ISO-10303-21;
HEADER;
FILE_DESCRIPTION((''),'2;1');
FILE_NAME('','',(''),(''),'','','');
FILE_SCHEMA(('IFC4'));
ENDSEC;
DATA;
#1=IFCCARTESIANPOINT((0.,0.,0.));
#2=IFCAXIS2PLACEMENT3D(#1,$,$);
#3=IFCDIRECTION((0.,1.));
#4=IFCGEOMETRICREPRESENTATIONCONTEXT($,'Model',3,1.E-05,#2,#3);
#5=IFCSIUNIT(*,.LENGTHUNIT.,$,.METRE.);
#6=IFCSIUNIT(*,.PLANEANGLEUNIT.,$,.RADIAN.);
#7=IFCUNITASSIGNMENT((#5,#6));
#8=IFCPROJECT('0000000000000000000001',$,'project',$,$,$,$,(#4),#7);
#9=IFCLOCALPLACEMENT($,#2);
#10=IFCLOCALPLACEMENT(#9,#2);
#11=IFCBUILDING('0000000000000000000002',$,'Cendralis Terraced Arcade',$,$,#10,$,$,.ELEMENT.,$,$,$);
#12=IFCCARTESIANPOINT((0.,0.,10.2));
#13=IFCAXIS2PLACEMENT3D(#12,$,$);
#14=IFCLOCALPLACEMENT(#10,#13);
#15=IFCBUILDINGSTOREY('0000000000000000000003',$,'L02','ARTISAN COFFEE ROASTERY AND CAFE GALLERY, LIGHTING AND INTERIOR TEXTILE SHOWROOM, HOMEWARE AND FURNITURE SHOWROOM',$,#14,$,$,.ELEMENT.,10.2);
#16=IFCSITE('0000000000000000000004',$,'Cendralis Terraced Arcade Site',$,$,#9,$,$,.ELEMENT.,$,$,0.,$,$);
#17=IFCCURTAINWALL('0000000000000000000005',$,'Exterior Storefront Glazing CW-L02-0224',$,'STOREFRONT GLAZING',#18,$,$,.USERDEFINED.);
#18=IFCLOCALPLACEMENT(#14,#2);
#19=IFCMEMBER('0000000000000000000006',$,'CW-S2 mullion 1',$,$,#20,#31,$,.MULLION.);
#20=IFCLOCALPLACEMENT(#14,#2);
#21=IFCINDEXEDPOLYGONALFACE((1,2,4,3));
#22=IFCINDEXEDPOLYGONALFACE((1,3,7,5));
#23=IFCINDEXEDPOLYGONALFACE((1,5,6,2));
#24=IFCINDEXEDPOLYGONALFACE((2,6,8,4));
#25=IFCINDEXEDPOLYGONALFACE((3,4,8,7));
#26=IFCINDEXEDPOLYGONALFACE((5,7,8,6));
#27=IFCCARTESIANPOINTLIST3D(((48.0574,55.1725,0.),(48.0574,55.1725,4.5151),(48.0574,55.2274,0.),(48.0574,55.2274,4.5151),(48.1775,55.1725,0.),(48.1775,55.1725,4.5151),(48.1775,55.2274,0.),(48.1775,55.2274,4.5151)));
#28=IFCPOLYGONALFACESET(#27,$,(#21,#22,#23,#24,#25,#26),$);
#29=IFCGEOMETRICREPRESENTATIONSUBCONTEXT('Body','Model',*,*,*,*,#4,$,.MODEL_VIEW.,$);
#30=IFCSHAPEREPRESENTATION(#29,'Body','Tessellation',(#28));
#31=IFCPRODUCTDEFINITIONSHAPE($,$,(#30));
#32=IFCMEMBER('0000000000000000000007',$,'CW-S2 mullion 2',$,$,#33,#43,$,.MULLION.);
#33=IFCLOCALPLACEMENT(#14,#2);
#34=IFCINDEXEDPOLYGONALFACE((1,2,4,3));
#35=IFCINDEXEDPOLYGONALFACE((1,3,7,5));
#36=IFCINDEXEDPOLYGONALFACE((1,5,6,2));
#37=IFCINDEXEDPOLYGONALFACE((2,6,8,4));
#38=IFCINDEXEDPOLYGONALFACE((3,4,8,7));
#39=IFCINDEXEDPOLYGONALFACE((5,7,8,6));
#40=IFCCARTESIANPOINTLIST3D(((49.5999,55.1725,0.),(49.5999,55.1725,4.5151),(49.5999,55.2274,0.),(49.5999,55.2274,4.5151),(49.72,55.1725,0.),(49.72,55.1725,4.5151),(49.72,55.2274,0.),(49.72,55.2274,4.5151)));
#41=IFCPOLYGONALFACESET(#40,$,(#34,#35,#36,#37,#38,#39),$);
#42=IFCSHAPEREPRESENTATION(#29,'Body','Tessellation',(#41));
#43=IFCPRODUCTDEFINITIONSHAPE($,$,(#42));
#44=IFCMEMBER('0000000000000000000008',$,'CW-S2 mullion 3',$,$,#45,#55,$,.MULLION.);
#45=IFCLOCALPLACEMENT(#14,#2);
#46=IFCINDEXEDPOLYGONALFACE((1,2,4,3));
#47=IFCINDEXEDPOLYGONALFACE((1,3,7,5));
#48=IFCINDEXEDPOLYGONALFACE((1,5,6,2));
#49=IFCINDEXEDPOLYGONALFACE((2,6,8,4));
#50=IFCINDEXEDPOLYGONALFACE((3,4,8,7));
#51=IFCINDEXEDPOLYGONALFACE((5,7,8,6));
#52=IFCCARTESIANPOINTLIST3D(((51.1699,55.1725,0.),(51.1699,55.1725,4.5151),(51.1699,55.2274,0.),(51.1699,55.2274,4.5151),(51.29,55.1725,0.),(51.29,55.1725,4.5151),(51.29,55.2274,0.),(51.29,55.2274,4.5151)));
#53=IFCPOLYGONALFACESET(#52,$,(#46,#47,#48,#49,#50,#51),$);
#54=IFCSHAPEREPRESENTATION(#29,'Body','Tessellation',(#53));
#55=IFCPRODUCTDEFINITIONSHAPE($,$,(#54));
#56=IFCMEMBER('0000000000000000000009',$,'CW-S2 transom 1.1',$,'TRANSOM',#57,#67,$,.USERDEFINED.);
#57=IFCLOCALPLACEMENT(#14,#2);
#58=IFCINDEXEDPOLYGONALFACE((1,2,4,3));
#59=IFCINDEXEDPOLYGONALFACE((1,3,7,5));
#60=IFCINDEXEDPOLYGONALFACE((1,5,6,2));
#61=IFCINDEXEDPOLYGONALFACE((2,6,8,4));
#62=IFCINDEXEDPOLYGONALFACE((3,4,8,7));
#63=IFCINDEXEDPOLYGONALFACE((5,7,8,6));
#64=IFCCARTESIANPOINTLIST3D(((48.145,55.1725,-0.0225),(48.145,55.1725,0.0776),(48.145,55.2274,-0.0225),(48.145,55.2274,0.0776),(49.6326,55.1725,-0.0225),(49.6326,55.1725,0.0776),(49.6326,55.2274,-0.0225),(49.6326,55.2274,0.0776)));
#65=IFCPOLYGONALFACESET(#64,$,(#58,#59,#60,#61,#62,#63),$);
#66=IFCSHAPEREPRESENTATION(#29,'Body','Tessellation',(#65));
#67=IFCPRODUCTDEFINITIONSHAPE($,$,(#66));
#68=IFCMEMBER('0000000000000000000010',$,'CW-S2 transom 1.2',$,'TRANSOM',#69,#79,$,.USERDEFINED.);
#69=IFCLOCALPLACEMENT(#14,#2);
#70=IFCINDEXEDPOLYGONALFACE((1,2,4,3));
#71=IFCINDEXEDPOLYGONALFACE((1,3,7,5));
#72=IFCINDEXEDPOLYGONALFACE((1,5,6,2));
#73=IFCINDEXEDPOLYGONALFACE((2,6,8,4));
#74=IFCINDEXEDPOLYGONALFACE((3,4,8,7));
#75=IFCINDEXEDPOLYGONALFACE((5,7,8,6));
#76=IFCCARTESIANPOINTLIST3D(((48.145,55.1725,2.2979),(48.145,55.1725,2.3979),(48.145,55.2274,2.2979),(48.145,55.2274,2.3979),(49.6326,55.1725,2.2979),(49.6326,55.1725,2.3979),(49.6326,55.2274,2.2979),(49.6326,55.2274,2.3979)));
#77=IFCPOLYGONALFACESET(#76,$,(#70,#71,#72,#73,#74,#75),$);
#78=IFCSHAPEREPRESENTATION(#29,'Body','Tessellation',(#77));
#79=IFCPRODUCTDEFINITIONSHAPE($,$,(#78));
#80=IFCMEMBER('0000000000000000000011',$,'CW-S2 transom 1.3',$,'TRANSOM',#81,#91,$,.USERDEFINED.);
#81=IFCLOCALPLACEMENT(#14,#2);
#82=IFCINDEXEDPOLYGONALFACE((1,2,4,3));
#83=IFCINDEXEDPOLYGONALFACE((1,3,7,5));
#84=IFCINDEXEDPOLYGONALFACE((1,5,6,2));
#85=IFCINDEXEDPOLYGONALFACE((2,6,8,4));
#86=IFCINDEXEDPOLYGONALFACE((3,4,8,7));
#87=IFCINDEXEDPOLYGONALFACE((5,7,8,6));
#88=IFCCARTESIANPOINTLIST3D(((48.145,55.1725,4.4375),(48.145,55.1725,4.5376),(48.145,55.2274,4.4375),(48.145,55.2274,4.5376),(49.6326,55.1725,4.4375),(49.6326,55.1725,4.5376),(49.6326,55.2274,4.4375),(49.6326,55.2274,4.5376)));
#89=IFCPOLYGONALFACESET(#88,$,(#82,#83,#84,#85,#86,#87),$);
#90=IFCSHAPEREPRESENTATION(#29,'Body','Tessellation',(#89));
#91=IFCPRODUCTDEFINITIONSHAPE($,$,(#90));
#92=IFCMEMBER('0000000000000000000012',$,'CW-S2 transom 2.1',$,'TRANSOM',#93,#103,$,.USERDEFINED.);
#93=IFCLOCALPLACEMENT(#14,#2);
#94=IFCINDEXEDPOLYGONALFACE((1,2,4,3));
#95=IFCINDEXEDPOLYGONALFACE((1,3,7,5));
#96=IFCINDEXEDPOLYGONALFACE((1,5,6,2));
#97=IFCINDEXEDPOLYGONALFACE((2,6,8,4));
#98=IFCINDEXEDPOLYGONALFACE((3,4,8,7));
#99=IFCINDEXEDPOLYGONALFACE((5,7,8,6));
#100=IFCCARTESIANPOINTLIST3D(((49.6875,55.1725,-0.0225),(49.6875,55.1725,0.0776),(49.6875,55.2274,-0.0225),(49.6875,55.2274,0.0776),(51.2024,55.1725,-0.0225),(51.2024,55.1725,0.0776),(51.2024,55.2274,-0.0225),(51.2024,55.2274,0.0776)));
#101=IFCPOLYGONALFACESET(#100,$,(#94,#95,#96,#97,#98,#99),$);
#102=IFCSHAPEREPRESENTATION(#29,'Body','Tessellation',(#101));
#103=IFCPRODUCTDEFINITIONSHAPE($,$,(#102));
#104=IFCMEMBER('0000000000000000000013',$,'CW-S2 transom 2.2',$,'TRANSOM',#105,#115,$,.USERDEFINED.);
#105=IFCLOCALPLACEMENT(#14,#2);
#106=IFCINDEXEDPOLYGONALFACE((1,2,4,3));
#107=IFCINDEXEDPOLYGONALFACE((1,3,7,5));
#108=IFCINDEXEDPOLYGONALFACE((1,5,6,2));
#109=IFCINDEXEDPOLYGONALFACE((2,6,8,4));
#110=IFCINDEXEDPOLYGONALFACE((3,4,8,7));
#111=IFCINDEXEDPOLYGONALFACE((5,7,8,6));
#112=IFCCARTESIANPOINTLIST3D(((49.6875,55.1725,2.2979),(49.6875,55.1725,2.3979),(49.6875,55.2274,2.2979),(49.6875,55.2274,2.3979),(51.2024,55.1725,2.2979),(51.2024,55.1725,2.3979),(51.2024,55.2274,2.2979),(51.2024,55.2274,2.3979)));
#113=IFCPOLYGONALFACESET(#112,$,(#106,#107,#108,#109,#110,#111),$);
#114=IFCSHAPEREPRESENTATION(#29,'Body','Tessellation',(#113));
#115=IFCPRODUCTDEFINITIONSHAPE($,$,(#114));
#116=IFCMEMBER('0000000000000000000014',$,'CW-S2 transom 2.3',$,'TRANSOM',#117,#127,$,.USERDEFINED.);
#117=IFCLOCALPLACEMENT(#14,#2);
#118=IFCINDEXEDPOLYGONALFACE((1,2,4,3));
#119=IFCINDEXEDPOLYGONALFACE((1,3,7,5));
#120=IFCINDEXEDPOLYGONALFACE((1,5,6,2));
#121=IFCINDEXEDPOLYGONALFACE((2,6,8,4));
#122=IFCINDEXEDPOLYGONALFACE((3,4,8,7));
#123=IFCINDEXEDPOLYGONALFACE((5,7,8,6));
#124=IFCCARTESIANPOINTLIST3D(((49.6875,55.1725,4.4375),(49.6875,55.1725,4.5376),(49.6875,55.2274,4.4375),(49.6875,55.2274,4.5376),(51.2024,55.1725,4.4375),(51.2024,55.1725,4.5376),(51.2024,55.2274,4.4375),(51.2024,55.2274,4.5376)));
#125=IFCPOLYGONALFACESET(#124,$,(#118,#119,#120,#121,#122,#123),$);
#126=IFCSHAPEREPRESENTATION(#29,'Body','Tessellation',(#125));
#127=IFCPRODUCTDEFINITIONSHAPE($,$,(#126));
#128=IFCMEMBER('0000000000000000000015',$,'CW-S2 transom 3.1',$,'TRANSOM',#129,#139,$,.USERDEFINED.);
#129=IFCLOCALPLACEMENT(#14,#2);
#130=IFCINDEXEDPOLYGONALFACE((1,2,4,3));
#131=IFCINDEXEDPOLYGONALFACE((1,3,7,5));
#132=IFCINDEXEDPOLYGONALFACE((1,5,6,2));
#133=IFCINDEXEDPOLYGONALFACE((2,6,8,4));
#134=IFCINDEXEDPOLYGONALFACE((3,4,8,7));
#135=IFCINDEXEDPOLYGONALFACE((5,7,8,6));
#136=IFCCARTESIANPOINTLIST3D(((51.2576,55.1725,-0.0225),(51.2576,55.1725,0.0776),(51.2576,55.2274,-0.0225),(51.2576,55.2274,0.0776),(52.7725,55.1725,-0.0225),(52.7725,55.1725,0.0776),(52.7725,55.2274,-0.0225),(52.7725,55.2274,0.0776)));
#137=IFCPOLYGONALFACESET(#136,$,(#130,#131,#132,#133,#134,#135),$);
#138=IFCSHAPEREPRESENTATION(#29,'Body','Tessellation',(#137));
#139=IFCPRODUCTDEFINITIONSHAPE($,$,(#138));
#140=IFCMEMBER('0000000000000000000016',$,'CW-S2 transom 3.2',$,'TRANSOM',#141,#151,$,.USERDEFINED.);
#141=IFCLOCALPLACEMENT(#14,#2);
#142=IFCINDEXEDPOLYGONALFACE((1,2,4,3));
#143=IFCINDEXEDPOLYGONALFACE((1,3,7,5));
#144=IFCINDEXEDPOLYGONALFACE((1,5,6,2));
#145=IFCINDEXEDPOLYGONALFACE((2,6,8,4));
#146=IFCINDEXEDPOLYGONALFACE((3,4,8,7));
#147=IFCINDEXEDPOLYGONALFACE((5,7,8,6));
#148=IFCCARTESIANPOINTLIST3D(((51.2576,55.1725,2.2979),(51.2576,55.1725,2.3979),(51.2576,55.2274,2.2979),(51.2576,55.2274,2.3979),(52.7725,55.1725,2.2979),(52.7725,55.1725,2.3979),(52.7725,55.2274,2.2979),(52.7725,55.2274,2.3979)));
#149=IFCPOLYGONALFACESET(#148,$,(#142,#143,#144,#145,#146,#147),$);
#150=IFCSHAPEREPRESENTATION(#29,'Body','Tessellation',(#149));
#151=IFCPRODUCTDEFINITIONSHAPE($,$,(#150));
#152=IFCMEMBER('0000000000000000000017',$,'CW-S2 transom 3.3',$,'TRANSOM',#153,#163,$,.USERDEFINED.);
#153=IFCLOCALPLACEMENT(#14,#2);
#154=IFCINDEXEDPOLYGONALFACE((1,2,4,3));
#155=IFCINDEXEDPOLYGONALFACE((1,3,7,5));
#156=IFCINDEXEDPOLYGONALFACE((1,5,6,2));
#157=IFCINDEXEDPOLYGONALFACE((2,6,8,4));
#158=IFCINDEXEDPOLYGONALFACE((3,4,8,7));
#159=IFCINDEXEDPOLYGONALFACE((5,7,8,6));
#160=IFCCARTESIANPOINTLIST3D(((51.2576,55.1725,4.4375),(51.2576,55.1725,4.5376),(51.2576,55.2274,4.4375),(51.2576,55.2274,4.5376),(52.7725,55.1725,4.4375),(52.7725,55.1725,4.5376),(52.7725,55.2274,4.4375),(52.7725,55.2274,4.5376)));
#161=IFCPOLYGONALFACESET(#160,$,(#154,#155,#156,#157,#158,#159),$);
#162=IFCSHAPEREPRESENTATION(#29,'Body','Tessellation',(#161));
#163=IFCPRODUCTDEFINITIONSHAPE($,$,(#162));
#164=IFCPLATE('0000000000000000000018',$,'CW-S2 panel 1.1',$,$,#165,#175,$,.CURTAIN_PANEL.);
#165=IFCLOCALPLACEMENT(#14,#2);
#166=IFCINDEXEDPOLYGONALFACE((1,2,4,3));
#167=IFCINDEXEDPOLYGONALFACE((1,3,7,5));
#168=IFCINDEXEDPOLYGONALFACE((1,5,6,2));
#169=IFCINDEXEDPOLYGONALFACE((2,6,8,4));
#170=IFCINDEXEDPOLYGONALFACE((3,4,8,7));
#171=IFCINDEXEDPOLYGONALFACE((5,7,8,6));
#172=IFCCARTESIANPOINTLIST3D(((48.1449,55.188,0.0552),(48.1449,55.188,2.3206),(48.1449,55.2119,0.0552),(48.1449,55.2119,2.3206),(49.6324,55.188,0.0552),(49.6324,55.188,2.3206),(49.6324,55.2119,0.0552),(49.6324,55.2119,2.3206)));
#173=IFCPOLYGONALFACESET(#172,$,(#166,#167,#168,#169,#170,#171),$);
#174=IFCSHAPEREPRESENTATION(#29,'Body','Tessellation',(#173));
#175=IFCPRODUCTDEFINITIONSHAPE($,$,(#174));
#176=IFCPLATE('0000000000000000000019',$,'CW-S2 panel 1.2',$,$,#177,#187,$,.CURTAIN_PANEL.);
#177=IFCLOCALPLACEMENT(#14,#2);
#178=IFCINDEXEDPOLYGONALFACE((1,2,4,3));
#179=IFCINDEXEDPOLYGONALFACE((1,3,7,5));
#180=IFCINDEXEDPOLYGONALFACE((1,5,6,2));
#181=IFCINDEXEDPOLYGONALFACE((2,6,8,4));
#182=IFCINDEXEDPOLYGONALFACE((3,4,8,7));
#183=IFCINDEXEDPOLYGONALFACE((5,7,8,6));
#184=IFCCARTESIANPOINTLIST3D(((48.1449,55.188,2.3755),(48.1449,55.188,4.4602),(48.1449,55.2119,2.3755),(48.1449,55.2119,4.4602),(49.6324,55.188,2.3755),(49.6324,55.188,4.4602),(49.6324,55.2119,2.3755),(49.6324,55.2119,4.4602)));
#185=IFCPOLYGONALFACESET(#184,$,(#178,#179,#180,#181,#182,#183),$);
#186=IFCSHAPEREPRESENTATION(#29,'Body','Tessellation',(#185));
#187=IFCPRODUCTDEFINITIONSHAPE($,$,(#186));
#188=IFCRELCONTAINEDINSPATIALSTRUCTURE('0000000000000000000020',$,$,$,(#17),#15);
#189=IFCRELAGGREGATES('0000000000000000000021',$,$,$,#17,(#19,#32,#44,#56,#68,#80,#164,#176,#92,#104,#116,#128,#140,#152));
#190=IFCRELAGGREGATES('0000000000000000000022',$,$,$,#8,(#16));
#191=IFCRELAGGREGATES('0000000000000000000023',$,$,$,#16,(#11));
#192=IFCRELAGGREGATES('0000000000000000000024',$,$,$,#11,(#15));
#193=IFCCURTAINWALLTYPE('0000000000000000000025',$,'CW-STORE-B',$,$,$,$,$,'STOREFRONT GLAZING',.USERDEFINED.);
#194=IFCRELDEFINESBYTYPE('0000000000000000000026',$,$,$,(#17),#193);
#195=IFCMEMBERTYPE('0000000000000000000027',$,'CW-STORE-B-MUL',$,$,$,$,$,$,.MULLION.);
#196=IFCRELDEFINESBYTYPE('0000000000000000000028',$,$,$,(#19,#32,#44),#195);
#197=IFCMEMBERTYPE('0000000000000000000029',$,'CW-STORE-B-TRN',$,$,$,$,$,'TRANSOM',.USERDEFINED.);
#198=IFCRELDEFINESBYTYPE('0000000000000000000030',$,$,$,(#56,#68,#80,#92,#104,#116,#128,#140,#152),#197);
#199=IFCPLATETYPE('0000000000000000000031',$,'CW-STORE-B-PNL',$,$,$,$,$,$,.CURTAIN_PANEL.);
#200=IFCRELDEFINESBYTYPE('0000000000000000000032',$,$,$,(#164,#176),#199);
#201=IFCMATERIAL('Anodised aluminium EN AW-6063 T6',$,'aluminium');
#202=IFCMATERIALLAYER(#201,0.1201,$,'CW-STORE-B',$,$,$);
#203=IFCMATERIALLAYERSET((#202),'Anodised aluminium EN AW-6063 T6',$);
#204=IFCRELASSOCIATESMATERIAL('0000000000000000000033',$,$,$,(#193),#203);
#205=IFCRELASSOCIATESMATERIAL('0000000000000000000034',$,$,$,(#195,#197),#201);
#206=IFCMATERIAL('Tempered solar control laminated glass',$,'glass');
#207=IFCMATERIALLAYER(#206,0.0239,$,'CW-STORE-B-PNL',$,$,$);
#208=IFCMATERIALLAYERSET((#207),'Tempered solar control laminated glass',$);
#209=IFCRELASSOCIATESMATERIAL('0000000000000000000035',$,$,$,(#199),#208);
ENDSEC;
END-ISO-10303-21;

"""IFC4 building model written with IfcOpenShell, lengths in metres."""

from ifc_helpers import new_model, si_unit, direction, frame, origin, origin_2d, place, context, subcontext, project, spatial, rectangle, extrude, material, layer, layer_set, material_profile, profile_set, type_object, element, aggregate, save


model = new_model("IFC4")

# Units and contexts
model_context = context("Model", 3, precision=1e-05, world=origin(), true_north=direction((0.0, 1.0)))
body_context = subcontext(model_context, "Body", "Model", "MODEL_VIEW")
ifc_project = project(units=[si_unit("LENGTHUNIT", "METRE"), si_unit("PLANEANGLEUNIT", "RADIAN")], contexts=[model_context])

# Site, building, storey
site_placement = place(None, origin())
site = spatial("IfcSite", under=ifc_project, at=site_placement, Name="Cendralis Terraced Arcade Site", CompositionType="ELEMENT", RefElevation=0.0)
building_placement = place(site_placement, origin())
building = spatial("IfcBuilding", under=site, at=building_placement, Name="Cendralis Terraced Arcade", CompositionType="ELEMENT")
storey_placement = place(building_placement, frame((0.0, 0.0, 10.2)))
storey = spatial("IfcBuildingStorey", under=building, at=storey_placement, Name="L02", Description="ARTISAN COFFEE ROASTERY AND CAFE GALLERY, LIGHTING AND INTERIOR TEXTILE SHOWROOM, HOMEWARE AND FURNITURE SHOWROOM", CompositionType="ELEMENT", Elevation=10.2)

# Curtain wall, members, plates
ifc_material_1 = material(Name="Anodised aluminium EN AW-6063 T6", Category="aluminium")
ifc_layer_1 = layer(ifc_material_1, 0.1201, Name="CW-STORE-B")
ifc_layer_set_1 = layer_set([ifc_layer_1], Name="Anodised aluminium EN AW-6063 T6")
curtain_wall_type = type_object("IfcCurtainWallType", Name="CW-STORE-B", ElementType="STOREFRONT GLAZING", PredefinedType="USERDEFINED", material=ifc_layer_set_1)
curtain_wall_placement = place(storey_placement, origin())
curtain_wall = element("IfcCurtainWall", 1, at=curtain_wall_placement, inside=storey, type_object=curtain_wall_type, Name="Exterior Storefront Glazing CW-L02-0224", ObjectType="STOREFRONT GLAZING", PredefinedType="USERDEFINED")
ifc_material_profile_1 = material_profile(ifc_material_1, rectangle(XDim=0.0549, YDim=0.1201, at=origin_2d()), Name="ALU-MUL-55x120")
ifc_profile_set_1 = profile_set([ifc_material_profile_1], Name="Anodised aluminium EN AW-6063 T6")
member_type_1 = type_object("IfcMemberType", Name="CW-STORE-B-MUL", PredefinedType="MULLION", material=ifc_profile_set_1)
member_1_placement = place(storey_placement, frame((48.1174, 55.2, 0.0), z_axis=(0.0, 0.0, 1.0), x_axis=(0.0, 1.0, 0.0)))
member_1 = element("IfcMember", 2, at=member_1_placement, type_object=member_type_1, Name="CW-S2 mullion 1", PredefinedType="MULLION", context=body_context, shape_type="SweptSolid", body=[
    extrude(rectangle(XDim=0.0549, YDim=0.1201, at=origin_2d()), origin(), (0.0, 0.0, 1.0), 4.5151),
])
member_2_placement = place(storey_placement, frame((49.6599, 55.2, 0.0), z_axis=(0.0, 0.0, 1.0), x_axis=(0.0, 1.0, 0.0)))
member_2 = element("IfcMember", 3, at=member_2_placement, type_object=member_type_1, Name="CW-S2 mullion 2", PredefinedType="MULLION", context=body_context, shape_type="SweptSolid", body=[
    extrude(rectangle(XDim=0.0549, YDim=0.1201, at=origin_2d()), origin(), (0.0, 0.0, 1.0), 4.5151),
])
member_3_placement = place(storey_placement, frame((51.23, 55.2, 0.0), z_axis=(0.0, 0.0, 1.0), x_axis=(0.0, 1.0, 0.0)))
member_3 = element("IfcMember", 4, at=member_3_placement, type_object=member_type_1, Name="CW-S2 mullion 3", PredefinedType="MULLION", context=body_context, shape_type="SweptSolid", body=[
    extrude(rectangle(XDim=0.0549, YDim=0.1201, at=origin_2d()), origin(), (0.0, 0.0, 1.0), 4.5151),
])
ifc_material_profile_2 = material_profile(ifc_material_1, rectangle(XDim=0.0549, YDim=0.1001, at=origin_2d()), Name="ALU-TRN-55x100")
ifc_profile_set_2 = profile_set([ifc_material_profile_2], Name="Anodised aluminium EN AW-6063 T6")
member_type_2 = type_object("IfcMemberType", Name="CW-STORE-B-TRN", ElementType="TRANSOM", PredefinedType="USERDEFINED", material=ifc_profile_set_2)
member_4_placement = place(storey_placement, frame((48.145, 55.2, 0.0276), z_axis=(1.0, 0.0, 0.0), x_axis=(0.0, 1.0, 0.0)))
member_4 = element("IfcMember", 5, at=member_4_placement, type_object=member_type_2, Name="CW-S2 transom 1.1", ObjectType="TRANSOM", PredefinedType="USERDEFINED", context=body_context, shape_type="SweptSolid", body=[
    extrude(rectangle(XDim=0.0549, YDim=0.1001, at=origin_2d()), origin(), (0.0, 0.0, 1.0), 1.4875),
])
member_5_placement = place(storey_placement, frame((48.145, 55.2, 2.3479), z_axis=(1.0, 0.0, 0.0), x_axis=(0.0, 1.0, 0.0)))
member_5 = element("IfcMember", 6, at=member_5_placement, type_object=member_type_2, Name="CW-S2 transom 1.2", ObjectType="TRANSOM", PredefinedType="USERDEFINED", context=body_context, shape_type="SweptSolid", body=[
    extrude(rectangle(XDim=0.0549, YDim=0.1001, at=origin_2d()), origin(), (0.0, 0.0, 1.0), 1.4875),
])
member_6_placement = place(storey_placement, frame((48.145, 55.2, 4.4875), z_axis=(1.0, 0.0, 0.0), x_axis=(0.0, 1.0, 0.0)))
member_6 = element("IfcMember", 7, at=member_6_placement, type_object=member_type_2, Name="CW-S2 transom 1.3", ObjectType="TRANSOM", PredefinedType="USERDEFINED", context=body_context, shape_type="SweptSolid", body=[
    extrude(rectangle(XDim=0.0549, YDim=0.1001, at=origin_2d()), origin(), (0.0, 0.0, 1.0), 1.4875),
])
member_7_placement = place(storey_placement, frame((49.6875, 55.2, 0.0276), z_axis=(1.0, 0.0, 0.0), x_axis=(0.0, 1.0, 0.0)))
member_7 = element("IfcMember", 8, at=member_7_placement, type_object=member_type_2, Name="CW-S2 transom 2.1", ObjectType="TRANSOM", PredefinedType="USERDEFINED", context=body_context, shape_type="SweptSolid", body=[
    extrude(rectangle(XDim=0.0549, YDim=0.1001, at=origin_2d()), origin(), (0.0, 0.0, 1.0), 1.5149),
])
member_8_placement = place(storey_placement, frame((49.6875, 55.2, 2.3479), z_axis=(1.0, 0.0, 0.0), x_axis=(0.0, 1.0, 0.0)))
member_8 = element("IfcMember", 9, at=member_8_placement, type_object=member_type_2, Name="CW-S2 transom 2.2", ObjectType="TRANSOM", PredefinedType="USERDEFINED", context=body_context, shape_type="SweptSolid", body=[
    extrude(rectangle(XDim=0.0549, YDim=0.1001, at=origin_2d()), origin(), (0.0, 0.0, 1.0), 1.5149),
])
member_9_placement = place(storey_placement, frame((49.6875, 55.2, 4.4875), z_axis=(1.0, 0.0, 0.0), x_axis=(0.0, 1.0, 0.0)))
member_9 = element("IfcMember", 10, at=member_9_placement, type_object=member_type_2, Name="CW-S2 transom 2.3", ObjectType="TRANSOM", PredefinedType="USERDEFINED", context=body_context, shape_type="SweptSolid", body=[
    extrude(rectangle(XDim=0.0549, YDim=0.1001, at=origin_2d()), origin(), (0.0, 0.0, 1.0), 1.5149),
])
member_10_placement = place(storey_placement, frame((51.2576, 55.2, 0.0276), z_axis=(1.0, 0.0, 0.0), x_axis=(0.0, 1.0, 0.0)))
member_10 = element("IfcMember", 11, at=member_10_placement, type_object=member_type_2, Name="CW-S2 transom 3.1", ObjectType="TRANSOM", PredefinedType="USERDEFINED", context=body_context, shape_type="SweptSolid", body=[
    extrude(rectangle(XDim=0.0549, YDim=0.1001, at=origin_2d()), origin(), (0.0, 0.0, 1.0), 1.5149),
])
member_11_placement = place(storey_placement, frame((51.2576, 55.2, 2.3479), z_axis=(1.0, 0.0, 0.0), x_axis=(0.0, 1.0, 0.0)))
member_11 = element("IfcMember", 12, at=member_11_placement, type_object=member_type_2, Name="CW-S2 transom 3.2", ObjectType="TRANSOM", PredefinedType="USERDEFINED", context=body_context, shape_type="SweptSolid", body=[
    extrude(rectangle(XDim=0.0549, YDim=0.1001, at=origin_2d()), origin(), (0.0, 0.0, 1.0), 1.5149),
])
member_12_placement = place(storey_placement, frame((51.2576, 55.2, 4.4875), z_axis=(1.0, 0.0, 0.0), x_axis=(0.0, 1.0, 0.0)))
member_12 = element("IfcMember", 13, at=member_12_placement, type_object=member_type_2, Name="CW-S2 transom 3.3", ObjectType="TRANSOM", PredefinedType="USERDEFINED", context=body_context, shape_type="SweptSolid", body=[
    extrude(rectangle(XDim=0.0549, YDim=0.1001, at=origin_2d()), origin(), (0.0, 0.0, 1.0), 1.5149),
])
ifc_material_2 = material(Name="Tempered solar control laminated glass", Category="glass")
ifc_layer_2 = layer(ifc_material_2, 0.0239, Name="CW-STORE-B-PNL")
ifc_layer_set_2 = layer_set([ifc_layer_2], Name="Tempered solar control laminated glass")
plate_type = type_object("IfcPlateType", Name="CW-STORE-B-PNL", PredefinedType="CURTAIN_PANEL", material=ifc_layer_set_2)
plate_1_placement = place(storey_placement, frame((48.8887, 55.2, 0.0552), z_axis=(0.0, 0.0, 1.0), x_axis=(1.0, 0.0, 0.0)))
plate_1 = element("IfcPlate", 14, at=plate_1_placement, type_object=plate_type, Name="CW-S2 panel 1.1", PredefinedType="CURTAIN_PANEL", context=body_context, shape_type="SweptSolid", body=[
    extrude(rectangle(XDim=1.4875, YDim=0.0239, at=origin_2d()), origin(), (0.0, 0.0, 1.0), 2.2654),
])
plate_2_placement = place(storey_placement, frame((48.8887, 55.2, 2.3755), z_axis=(0.0, 0.0, 1.0), x_axis=(1.0, 0.0, 0.0)))
plate_2 = element("IfcPlate", 15, at=plate_2_placement, type_object=plate_type, Name="CW-S2 panel 1.2", PredefinedType="CURTAIN_PANEL", context=body_context, shape_type="SweptSolid", body=[
    extrude(rectangle(XDim=1.4875, YDim=0.0239, at=origin_2d()), origin(), (0.0, 0.0, 1.0), 2.0847),
])
aggregate(curtain_wall, [member_1, member_2, member_3, member_4, member_5, member_6, plate_1, plate_2, member_7, member_8, member_9, member_10, member_11, member_12])

save(model, "model.ifc")
